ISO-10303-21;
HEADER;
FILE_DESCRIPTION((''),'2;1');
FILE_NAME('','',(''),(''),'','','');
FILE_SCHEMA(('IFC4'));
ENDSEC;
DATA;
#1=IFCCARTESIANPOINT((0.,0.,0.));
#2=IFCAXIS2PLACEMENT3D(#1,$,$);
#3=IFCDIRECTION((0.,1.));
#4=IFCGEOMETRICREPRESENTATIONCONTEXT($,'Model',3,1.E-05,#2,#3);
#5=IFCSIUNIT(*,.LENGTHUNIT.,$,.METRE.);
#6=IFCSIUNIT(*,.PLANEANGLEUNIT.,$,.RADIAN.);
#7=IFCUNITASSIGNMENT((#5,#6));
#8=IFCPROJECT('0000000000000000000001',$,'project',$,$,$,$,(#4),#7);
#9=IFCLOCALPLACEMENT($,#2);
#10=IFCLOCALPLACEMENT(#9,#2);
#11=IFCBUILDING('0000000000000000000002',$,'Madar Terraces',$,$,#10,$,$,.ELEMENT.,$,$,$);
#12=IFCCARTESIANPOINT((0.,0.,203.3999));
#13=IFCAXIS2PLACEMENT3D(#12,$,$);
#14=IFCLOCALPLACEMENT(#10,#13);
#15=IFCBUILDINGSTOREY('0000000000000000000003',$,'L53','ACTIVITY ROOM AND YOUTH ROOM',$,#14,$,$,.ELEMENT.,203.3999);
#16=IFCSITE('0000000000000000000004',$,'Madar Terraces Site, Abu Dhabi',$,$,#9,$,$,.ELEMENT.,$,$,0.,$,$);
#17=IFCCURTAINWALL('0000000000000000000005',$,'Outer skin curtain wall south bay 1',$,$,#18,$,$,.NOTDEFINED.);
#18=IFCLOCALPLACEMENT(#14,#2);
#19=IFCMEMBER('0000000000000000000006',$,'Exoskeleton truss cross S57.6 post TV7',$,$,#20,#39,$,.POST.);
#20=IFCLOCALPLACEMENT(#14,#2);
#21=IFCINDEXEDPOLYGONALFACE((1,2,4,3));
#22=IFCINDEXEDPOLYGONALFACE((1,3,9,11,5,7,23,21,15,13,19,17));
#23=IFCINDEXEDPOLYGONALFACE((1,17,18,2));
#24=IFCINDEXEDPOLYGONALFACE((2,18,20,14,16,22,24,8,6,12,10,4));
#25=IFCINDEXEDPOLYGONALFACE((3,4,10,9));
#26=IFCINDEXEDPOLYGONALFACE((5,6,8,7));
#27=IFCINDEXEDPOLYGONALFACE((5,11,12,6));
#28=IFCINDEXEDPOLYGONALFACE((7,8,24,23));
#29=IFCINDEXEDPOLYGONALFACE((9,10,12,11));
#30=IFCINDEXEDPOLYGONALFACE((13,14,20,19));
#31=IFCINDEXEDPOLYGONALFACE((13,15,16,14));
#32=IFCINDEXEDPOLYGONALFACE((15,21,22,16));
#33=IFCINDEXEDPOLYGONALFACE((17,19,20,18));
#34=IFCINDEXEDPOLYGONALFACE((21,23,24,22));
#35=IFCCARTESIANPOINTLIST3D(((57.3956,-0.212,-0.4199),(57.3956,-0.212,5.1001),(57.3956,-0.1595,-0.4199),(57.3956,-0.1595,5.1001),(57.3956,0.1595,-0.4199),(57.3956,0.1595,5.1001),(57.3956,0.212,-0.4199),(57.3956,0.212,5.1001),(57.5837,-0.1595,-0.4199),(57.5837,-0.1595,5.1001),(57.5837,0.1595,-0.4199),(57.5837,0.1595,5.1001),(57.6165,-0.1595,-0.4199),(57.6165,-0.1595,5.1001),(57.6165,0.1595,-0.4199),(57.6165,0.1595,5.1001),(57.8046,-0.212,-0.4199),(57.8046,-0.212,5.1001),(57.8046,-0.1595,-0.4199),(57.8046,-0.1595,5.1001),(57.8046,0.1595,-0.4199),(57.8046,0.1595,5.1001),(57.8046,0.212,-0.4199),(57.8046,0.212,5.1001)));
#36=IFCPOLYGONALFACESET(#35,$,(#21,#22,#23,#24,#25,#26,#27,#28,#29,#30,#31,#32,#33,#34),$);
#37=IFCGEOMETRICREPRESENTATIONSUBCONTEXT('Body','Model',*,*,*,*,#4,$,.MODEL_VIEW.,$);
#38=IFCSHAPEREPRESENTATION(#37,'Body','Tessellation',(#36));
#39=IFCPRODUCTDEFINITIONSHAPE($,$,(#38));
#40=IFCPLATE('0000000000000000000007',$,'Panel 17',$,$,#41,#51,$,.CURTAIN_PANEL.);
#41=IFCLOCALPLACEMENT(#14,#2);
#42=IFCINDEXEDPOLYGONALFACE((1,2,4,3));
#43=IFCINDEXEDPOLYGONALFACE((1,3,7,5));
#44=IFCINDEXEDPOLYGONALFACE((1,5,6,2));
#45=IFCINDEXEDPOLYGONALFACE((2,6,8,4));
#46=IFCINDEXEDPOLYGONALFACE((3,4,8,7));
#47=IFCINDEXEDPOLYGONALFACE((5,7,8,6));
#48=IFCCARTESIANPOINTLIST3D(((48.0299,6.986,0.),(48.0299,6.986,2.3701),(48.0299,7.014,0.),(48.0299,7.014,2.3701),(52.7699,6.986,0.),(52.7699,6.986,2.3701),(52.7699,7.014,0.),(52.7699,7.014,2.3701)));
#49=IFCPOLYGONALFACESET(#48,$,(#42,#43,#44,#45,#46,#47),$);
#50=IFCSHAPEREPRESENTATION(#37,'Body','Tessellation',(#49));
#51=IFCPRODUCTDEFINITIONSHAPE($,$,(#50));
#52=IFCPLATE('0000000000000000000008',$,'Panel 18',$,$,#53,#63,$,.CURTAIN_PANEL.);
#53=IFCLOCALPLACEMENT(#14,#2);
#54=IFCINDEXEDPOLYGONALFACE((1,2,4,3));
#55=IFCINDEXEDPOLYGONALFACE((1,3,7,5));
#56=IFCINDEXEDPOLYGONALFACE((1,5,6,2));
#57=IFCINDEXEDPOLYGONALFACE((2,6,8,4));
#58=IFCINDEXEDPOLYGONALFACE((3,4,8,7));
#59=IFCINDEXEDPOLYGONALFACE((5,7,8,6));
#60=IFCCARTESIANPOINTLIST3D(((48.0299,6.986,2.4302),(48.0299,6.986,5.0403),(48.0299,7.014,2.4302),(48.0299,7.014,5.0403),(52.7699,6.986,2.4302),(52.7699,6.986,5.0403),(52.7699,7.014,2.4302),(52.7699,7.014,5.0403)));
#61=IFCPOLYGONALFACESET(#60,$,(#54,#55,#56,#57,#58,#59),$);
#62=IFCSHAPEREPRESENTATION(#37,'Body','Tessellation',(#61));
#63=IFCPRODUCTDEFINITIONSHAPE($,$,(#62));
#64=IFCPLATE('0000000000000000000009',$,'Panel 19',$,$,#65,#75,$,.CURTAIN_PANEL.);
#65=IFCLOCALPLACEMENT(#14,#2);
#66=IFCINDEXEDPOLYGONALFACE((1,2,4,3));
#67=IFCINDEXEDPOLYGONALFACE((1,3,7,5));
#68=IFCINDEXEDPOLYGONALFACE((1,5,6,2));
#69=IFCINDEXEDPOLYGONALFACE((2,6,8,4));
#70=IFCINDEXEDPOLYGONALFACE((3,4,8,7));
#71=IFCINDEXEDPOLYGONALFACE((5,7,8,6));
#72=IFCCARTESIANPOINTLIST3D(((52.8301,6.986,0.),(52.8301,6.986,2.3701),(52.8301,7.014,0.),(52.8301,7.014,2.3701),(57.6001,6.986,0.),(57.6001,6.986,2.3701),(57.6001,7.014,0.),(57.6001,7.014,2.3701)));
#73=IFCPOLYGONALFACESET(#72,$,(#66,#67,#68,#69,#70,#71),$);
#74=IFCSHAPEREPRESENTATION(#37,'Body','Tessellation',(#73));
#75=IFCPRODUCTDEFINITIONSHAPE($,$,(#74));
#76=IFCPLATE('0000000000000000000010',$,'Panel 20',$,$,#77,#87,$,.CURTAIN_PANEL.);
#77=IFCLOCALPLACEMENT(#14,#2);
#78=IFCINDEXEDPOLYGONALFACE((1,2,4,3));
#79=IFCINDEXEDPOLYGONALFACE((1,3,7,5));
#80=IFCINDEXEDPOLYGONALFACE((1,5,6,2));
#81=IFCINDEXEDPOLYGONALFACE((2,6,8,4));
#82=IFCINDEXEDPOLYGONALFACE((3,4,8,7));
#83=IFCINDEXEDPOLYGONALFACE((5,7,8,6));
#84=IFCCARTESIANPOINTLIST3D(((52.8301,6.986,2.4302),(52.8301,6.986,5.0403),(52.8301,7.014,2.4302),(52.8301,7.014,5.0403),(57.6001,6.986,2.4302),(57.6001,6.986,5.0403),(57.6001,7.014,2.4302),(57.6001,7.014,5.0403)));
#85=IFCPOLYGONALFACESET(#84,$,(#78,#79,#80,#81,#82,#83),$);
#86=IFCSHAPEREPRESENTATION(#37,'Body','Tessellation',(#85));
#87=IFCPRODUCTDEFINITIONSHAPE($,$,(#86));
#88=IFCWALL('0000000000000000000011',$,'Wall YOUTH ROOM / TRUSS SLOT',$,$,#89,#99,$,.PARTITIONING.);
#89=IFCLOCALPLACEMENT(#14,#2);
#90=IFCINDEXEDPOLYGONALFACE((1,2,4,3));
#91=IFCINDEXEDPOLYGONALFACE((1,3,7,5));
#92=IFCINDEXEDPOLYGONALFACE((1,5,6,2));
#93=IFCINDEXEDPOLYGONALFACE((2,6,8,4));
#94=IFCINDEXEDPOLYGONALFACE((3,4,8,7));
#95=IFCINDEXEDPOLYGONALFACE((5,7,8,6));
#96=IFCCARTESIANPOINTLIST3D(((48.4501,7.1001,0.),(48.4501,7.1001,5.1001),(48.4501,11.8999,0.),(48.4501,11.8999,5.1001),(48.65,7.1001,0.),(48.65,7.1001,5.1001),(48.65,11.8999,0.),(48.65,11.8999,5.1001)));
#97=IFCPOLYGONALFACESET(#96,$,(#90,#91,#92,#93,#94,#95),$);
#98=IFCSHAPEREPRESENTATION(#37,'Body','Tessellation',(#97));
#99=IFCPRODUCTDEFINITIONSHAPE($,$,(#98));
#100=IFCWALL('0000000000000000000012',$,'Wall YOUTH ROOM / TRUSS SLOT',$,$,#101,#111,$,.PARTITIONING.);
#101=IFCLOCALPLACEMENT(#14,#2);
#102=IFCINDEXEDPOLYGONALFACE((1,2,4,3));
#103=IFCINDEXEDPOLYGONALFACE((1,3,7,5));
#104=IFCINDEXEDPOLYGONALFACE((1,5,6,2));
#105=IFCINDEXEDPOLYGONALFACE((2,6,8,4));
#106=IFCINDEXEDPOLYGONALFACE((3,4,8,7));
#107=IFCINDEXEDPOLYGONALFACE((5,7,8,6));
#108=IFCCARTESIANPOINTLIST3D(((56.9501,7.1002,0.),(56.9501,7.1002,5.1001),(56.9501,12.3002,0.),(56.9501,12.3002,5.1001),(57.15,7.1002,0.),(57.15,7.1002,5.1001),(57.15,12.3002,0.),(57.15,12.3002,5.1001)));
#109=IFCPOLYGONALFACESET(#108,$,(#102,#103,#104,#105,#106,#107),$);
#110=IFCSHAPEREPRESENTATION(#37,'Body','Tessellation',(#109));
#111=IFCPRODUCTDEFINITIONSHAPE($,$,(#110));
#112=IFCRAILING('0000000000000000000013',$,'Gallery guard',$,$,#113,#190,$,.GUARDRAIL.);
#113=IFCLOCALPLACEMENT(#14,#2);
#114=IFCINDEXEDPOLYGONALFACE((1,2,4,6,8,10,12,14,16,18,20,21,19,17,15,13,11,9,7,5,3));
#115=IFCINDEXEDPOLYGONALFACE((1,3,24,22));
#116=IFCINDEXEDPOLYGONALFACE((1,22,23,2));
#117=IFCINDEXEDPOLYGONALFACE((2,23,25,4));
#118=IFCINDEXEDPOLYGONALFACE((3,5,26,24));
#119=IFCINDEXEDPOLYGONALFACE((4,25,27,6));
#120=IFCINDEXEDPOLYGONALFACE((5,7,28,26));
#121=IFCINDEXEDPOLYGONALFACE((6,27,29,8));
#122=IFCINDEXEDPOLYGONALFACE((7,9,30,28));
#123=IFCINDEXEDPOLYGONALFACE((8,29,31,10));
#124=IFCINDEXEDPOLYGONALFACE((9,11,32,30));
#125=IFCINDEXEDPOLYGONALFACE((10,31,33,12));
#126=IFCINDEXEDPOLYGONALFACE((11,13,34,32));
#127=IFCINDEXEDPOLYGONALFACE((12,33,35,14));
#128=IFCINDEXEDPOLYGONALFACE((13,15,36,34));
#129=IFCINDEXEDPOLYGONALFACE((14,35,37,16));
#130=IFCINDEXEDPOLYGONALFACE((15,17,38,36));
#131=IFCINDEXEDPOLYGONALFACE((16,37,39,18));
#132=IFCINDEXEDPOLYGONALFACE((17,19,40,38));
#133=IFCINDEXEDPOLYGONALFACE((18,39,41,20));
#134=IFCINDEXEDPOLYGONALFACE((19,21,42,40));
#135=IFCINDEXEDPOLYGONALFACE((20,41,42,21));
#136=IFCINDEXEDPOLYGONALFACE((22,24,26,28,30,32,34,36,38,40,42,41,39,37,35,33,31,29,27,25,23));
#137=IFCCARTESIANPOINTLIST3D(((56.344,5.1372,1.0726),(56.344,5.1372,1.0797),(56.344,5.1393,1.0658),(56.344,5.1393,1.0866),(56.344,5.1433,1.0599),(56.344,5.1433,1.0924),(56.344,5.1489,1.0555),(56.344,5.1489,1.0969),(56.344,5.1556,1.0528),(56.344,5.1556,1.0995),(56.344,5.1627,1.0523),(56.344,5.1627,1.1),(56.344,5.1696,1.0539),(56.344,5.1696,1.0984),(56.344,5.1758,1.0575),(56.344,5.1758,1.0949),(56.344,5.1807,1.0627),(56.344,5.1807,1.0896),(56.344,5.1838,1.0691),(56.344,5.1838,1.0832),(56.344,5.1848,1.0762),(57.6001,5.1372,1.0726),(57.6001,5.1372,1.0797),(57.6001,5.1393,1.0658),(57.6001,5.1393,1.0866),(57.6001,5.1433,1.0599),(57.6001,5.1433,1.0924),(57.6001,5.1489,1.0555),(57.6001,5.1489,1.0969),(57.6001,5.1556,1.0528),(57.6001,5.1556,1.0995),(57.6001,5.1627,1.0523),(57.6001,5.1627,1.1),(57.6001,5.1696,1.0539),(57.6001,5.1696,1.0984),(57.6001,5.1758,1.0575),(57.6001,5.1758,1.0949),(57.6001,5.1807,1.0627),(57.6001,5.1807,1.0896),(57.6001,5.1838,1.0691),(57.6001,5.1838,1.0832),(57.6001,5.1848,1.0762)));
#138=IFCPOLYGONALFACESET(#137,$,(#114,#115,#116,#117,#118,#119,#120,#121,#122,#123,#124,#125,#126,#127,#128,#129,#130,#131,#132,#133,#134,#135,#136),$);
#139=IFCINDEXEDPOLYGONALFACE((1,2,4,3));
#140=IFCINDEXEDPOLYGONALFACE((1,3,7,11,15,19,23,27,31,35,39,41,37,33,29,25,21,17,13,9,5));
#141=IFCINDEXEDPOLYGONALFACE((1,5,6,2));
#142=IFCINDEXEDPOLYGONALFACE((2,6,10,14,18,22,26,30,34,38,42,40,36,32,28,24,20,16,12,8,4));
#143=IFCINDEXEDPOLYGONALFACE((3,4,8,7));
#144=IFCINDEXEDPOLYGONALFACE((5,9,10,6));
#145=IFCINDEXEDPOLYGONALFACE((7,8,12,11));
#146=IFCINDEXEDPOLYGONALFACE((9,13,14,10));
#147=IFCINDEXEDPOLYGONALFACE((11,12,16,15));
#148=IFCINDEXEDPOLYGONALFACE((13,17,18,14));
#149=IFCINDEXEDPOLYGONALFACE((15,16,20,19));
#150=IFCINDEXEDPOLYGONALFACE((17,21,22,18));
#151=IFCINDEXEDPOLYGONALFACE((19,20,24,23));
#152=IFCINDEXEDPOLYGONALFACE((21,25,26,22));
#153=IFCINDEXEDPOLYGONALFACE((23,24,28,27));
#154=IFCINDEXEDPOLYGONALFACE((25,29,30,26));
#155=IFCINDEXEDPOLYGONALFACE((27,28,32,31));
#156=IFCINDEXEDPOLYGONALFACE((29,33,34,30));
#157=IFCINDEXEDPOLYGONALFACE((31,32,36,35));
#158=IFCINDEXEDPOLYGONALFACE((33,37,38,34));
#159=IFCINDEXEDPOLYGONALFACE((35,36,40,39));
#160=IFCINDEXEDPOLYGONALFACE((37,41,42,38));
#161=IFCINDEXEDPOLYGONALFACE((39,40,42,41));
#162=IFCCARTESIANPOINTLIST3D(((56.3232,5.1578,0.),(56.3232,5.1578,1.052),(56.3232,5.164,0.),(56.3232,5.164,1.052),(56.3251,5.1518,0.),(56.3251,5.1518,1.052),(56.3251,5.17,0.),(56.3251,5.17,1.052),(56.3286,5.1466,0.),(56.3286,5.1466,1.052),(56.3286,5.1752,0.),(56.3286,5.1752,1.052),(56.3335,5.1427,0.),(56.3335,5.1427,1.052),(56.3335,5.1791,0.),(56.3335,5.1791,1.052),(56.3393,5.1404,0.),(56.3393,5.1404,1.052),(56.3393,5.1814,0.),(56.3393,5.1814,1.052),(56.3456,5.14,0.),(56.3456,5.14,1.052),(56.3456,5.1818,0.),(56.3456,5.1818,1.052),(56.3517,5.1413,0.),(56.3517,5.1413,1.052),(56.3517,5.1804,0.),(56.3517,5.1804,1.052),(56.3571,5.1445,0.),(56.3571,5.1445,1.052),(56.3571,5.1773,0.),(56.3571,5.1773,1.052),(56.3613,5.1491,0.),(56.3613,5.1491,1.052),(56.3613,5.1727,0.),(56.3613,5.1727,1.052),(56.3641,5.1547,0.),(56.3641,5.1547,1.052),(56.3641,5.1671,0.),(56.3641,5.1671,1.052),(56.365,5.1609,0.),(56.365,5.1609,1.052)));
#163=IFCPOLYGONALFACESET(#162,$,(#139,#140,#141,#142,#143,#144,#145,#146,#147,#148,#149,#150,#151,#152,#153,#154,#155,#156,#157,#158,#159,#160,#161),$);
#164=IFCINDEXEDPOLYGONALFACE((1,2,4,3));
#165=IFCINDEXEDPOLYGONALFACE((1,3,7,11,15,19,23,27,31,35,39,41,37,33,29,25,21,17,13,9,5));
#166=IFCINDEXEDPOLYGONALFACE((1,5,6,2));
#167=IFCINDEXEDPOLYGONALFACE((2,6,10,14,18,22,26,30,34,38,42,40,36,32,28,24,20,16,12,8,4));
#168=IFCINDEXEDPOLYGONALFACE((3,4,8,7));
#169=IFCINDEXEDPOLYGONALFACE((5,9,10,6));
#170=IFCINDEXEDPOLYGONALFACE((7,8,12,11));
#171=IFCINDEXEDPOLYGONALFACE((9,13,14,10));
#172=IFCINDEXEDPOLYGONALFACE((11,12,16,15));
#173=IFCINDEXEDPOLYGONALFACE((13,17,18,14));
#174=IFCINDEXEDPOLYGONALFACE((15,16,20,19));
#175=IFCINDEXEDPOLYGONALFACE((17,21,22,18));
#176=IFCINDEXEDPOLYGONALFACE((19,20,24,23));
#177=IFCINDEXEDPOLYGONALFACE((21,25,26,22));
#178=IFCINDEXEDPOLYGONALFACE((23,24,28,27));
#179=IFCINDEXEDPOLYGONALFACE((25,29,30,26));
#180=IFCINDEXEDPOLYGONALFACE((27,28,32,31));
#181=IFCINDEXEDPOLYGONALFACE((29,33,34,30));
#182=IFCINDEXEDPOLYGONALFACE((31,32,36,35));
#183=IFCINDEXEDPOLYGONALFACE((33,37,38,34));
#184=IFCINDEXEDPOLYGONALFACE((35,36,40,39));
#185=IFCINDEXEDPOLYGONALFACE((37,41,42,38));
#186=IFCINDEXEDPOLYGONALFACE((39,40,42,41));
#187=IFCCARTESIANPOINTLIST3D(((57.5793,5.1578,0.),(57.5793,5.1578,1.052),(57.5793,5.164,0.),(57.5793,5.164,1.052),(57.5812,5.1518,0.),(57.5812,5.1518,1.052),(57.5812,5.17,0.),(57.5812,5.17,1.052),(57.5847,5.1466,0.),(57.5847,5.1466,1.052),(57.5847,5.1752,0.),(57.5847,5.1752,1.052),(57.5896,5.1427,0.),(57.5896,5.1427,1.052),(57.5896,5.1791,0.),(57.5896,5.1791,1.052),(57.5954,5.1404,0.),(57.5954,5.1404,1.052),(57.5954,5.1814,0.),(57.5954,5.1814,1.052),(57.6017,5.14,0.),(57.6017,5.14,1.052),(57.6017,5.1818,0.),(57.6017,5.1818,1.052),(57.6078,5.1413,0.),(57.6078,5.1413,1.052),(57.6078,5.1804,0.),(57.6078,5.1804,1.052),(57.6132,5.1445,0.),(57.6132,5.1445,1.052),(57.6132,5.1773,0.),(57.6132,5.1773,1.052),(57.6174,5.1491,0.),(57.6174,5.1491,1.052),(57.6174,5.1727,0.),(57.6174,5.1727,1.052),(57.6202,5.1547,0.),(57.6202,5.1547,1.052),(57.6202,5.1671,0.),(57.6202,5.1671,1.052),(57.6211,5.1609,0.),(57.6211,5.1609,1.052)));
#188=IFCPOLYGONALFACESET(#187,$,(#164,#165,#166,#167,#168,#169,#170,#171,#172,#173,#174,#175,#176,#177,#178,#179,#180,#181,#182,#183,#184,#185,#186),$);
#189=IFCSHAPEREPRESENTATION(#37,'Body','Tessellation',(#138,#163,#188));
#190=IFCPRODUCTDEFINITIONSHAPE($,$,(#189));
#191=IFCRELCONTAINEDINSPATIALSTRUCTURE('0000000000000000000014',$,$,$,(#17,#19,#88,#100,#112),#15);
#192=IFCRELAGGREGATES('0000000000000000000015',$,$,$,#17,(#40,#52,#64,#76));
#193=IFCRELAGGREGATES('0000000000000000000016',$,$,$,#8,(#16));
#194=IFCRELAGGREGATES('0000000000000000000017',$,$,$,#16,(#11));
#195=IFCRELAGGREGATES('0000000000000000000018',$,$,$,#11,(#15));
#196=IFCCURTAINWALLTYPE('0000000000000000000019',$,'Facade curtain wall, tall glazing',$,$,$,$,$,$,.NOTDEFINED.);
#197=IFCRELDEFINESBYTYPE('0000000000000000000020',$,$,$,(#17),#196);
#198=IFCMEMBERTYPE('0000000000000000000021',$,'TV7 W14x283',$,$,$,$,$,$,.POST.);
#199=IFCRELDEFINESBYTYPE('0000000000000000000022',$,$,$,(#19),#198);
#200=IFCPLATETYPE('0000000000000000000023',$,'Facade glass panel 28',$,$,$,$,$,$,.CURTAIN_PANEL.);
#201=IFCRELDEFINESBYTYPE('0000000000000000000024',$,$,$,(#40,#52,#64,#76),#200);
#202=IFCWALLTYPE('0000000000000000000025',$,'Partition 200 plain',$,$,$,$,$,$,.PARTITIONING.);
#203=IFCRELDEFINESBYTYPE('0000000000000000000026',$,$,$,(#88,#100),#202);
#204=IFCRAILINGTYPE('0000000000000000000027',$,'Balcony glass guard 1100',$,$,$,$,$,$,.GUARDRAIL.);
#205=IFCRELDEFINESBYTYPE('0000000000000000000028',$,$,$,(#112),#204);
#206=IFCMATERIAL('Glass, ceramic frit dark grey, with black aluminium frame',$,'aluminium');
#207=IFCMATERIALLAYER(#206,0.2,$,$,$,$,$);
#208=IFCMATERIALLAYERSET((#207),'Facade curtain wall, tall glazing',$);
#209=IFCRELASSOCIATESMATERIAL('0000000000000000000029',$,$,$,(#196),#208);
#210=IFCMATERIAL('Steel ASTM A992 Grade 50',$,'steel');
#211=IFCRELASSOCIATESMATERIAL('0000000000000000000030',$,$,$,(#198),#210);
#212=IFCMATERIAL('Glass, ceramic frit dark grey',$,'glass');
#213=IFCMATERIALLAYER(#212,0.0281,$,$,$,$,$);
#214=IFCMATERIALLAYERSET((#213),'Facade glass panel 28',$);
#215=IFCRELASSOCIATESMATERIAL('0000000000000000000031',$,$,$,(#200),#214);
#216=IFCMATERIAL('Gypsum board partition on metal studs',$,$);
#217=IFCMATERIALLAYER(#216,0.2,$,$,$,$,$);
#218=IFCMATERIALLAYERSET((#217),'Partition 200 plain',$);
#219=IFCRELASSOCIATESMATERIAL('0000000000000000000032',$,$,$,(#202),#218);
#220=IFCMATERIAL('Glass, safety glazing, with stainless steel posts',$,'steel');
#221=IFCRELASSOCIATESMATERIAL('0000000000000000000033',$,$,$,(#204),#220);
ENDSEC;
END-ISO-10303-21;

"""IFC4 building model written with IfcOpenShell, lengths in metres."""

from ifc_helpers import new_model, si_unit, direction, frame, frame_2d, origin, origin_2d, place, context, subcontext, project, spatial, rectangle, circle, i_section, extrude, material, layer, layer_set, material_profile, profile_set, type_object, element, aggregate, save


model = new_model("IFC4")

# Units and contexts
model_context = context("Model", 3, precision=1e-05, world=origin(), true_north=direction((0.0, 1.0)))
body_context = subcontext(model_context, "Body", "Model", "MODEL_VIEW")
ifc_project = project(units=[si_unit("LENGTHUNIT", "METRE"), si_unit("PLANEANGLEUNIT", "RADIAN")], contexts=[model_context])

# Site, building, storey
site_placement = place(None, origin())
site = spatial("IfcSite", under=ifc_project, at=site_placement, Name="Madar Terraces Site, Abu Dhabi", CompositionType="ELEMENT", RefElevation=0.0)
building_placement = place(site_placement, origin())
building = spatial("IfcBuilding", under=site, at=building_placement, Name="Madar Terraces", CompositionType="ELEMENT")
storey_placement = place(building_placement, frame((0.0, 0.0, 203.3999)))
storey = spatial("IfcBuildingStorey", under=building, at=storey_placement, Name="L53", Description="ACTIVITY ROOM AND YOUTH ROOM", CompositionType="ELEMENT", Elevation=203.3999)

# Curtain wall
ifc_material_1 = material(Name="Glass, ceramic frit dark grey, with black aluminium frame", Category="aluminium")
ifc_layer_1 = layer(ifc_material_1, 0.2)
ifc_layer_set_1 = layer_set([ifc_layer_1], Name="Facade curtain wall, tall glazing")
curtain_wall_type = type_object("IfcCurtainWallType", Name="Facade curtain wall, tall glazing", PredefinedType="NOTDEFINED", material=ifc_layer_set_1)
curtain_wall_placement = place(storey_placement, origin())
curtain_wall = element("IfcCurtainWall", 1, at=curtain_wall_placement, inside=storey, type_object=curtain_wall_type, Name="Outer skin curtain wall south bay 1", PredefinedType="NOTDEFINED")

# Member
ifc_material_2 = material(Name="Steel ASTM A992 Grade 50", Category="steel")
ifc_material_profile_1 = material_profile(ifc_material_2, i_section(OverallWidth=0.4089, OverallDepth=0.4241, WebThickness=0.0327, FlangeThickness=0.0525, at=origin_2d()), Name="W14x283")
ifc_profile_set_1 = profile_set([ifc_material_profile_1], Name="Steel ASTM A992 Grade 50")
member_type_1 = type_object("IfcMemberType", Name="TV7 W14x283", PredefinedType="POST", material=ifc_profile_set_1)
member_1_placement = place(storey_placement, frame((57.6001, 0.0, -0.4199), z_axis=(0.0, 0.0, 1.0), x_axis=(-1.0, 0.0, 0.0)))
element("IfcMember", 2, at=member_1_placement, inside=storey, type_object=member_type_1, Name="Exoskeleton truss cross S57.6 post TV7", PredefinedType="POST", context=body_context, shape_type="SweptSolid", body=[
    extrude(i_section(OverallWidth=0.4089, OverallDepth=0.4241, WebThickness=0.0327, FlangeThickness=0.0525, at=origin_2d()), origin(), (0.0, 0.0, 1.0), 5.52),
])

# Plates
ifc_material_3 = material(Name="Glass, ceramic frit dark grey", Category="glass")
ifc_layer_2 = layer(ifc_material_3, 0.0281)
ifc_layer_set_2 = layer_set([ifc_layer_2], Name="Facade glass panel 28")
plate_type = type_object("IfcPlateType", Name="Facade glass panel 28", PredefinedType="CURTAIN_PANEL", material=ifc_layer_set_2)
plate_1_placement = place(storey_placement, frame((50.3999, 7.0, 0.0), z_axis=(0.0, 0.0, 1.0), x_axis=(1.0, 0.0, 0.0)))
plate_1 = element("IfcPlate", 3, at=plate_1_placement, type_object=plate_type, Name="Panel 17", PredefinedType="CURTAIN_PANEL", context=body_context, shape_type="SweptSolid", body=[
    extrude(rectangle(XDim=4.74, YDim=0.0281, at=origin_2d()), origin(), (0.0, 0.0, 1.0), 2.3701),
])
plate_2_placement = place(storey_placement, frame((50.3999, 7.0, 2.4302), z_axis=(0.0, 0.0, 1.0), x_axis=(1.0, 0.0, 0.0)))
plate_2 = element("IfcPlate", 4, at=plate_2_placement, type_object=plate_type, Name="Panel 18", PredefinedType="CURTAIN_PANEL", context=body_context, shape_type="SweptSolid", body=[
    extrude(rectangle(XDim=4.74, YDim=0.0281, at=origin_2d()), origin(), (0.0, 0.0, 1.0), 2.6101),
])
plate_3_placement = place(storey_placement, frame((55.2151, 7.0, 0.0), z_axis=(0.0, 0.0, 1.0), x_axis=(1.0, 0.0, 0.0)))
plate_3 = element("IfcPlate", 5, at=plate_3_placement, type_object=plate_type, Name="Panel 19", PredefinedType="CURTAIN_PANEL", context=body_context, shape_type="SweptSolid", body=[
    extrude(rectangle(XDim=4.77, YDim=0.0281, at=origin_2d()), origin(), (0.0, 0.0, 1.0), 2.3701),
])
plate_4_placement = place(storey_placement, frame((55.2151, 7.0, 2.4302), z_axis=(0.0, 0.0, 1.0), x_axis=(1.0, 0.0, 0.0)))
plate_4 = element("IfcPlate", 6, at=plate_4_placement, type_object=plate_type, Name="Panel 20", PredefinedType="CURTAIN_PANEL", context=body_context, shape_type="SweptSolid", body=[
    extrude(rectangle(XDim=4.77, YDim=0.0281, at=origin_2d()), origin(), (0.0, 0.0, 1.0), 2.6101),
])
aggregate(curtain_wall, [plate_1, plate_2, plate_3, plate_4])

# Walls
ifc_material_4 = material(Name="Gypsum board partition on metal studs")
ifc_layer_3 = layer(ifc_material_4, 0.2)
ifc_layer_set_3 = layer_set([ifc_layer_3], Name="Partition 200 plain")
wall_type_1 = type_object("IfcWallType", Name="Partition 200 plain", PredefinedType="PARTITIONING", material=ifc_layer_set_3)
wall_1_placement = place(storey_placement, frame((48.55, 7.1001, 0.0), z_axis=(0.0, 0.0, 1.0), x_axis=(0.0, 1.0, 0.0)))
element("IfcWall", 7, at=wall_1_placement, inside=storey, type_object=wall_type_1, Name="Wall YOUTH ROOM / TRUSS SLOT", PredefinedType="PARTITIONING", context=body_context, shape_type="SweptSolid", body=[
    extrude(rectangle(XDim=4.7998, YDim=0.2, at=frame_2d((2.3999, 0.0))), origin(), (0.0, 0.0, 1.0), 5.1001),
])
wall_2_placement = place(storey_placement, frame((57.05, 7.1001, 0.0), z_axis=(0.0, 0.0, 1.0), x_axis=(0.0, 1.0, 0.0)))
element("IfcWall", 8, at=wall_2_placement, inside=storey, type_object=wall_type_1, Name="Wall YOUTH ROOM / TRUSS SLOT", PredefinedType="PARTITIONING", context=body_context, shape_type="SweptSolid", body=[
    extrude(rectangle(XDim=5.2, YDim=0.2, at=frame_2d((2.6001, 0.0))), origin(), (0.0, 0.0, 1.0), 5.1001),
])

# Railing
ifc_material_5 = material(Name="Glass, safety glazing, with stainless steel posts", Category="steel")
railing_type = type_object("IfcRailingType", Name="Balcony glass guard 1100", PredefinedType="GUARDRAIL", material=ifc_material_5)
railing_1_placement = place(storey_placement, frame((56.344, 5.1609, 0.0)))
element("IfcRailing", 9, at=railing_1_placement, inside=storey, type_object=railing_type, Name="Gallery guard", PredefinedType="GUARDRAIL", context=body_context, shape_type="SweptSolid", body=[
    extrude(circle(Radius=0.0239, at=origin_2d()), frame((0.0, 0.0, 1.0762), z_axis=(1.0, 0.0, 0.0), x_axis=(0.0, 1.0, 0.0)), (0.0, 0.0, 1.0), 1.2561),
    extrude(circle(Radius=0.021, at=origin_2d()), origin(), (0.0, 0.0, 1.0), 1.052),
    extrude(circle(Radius=0.021, at=origin_2d()), frame((1.2561, 0.0, 0.0)), (0.0, 0.0, 1.0), 1.052),
])

save(model, "model.ifc")
